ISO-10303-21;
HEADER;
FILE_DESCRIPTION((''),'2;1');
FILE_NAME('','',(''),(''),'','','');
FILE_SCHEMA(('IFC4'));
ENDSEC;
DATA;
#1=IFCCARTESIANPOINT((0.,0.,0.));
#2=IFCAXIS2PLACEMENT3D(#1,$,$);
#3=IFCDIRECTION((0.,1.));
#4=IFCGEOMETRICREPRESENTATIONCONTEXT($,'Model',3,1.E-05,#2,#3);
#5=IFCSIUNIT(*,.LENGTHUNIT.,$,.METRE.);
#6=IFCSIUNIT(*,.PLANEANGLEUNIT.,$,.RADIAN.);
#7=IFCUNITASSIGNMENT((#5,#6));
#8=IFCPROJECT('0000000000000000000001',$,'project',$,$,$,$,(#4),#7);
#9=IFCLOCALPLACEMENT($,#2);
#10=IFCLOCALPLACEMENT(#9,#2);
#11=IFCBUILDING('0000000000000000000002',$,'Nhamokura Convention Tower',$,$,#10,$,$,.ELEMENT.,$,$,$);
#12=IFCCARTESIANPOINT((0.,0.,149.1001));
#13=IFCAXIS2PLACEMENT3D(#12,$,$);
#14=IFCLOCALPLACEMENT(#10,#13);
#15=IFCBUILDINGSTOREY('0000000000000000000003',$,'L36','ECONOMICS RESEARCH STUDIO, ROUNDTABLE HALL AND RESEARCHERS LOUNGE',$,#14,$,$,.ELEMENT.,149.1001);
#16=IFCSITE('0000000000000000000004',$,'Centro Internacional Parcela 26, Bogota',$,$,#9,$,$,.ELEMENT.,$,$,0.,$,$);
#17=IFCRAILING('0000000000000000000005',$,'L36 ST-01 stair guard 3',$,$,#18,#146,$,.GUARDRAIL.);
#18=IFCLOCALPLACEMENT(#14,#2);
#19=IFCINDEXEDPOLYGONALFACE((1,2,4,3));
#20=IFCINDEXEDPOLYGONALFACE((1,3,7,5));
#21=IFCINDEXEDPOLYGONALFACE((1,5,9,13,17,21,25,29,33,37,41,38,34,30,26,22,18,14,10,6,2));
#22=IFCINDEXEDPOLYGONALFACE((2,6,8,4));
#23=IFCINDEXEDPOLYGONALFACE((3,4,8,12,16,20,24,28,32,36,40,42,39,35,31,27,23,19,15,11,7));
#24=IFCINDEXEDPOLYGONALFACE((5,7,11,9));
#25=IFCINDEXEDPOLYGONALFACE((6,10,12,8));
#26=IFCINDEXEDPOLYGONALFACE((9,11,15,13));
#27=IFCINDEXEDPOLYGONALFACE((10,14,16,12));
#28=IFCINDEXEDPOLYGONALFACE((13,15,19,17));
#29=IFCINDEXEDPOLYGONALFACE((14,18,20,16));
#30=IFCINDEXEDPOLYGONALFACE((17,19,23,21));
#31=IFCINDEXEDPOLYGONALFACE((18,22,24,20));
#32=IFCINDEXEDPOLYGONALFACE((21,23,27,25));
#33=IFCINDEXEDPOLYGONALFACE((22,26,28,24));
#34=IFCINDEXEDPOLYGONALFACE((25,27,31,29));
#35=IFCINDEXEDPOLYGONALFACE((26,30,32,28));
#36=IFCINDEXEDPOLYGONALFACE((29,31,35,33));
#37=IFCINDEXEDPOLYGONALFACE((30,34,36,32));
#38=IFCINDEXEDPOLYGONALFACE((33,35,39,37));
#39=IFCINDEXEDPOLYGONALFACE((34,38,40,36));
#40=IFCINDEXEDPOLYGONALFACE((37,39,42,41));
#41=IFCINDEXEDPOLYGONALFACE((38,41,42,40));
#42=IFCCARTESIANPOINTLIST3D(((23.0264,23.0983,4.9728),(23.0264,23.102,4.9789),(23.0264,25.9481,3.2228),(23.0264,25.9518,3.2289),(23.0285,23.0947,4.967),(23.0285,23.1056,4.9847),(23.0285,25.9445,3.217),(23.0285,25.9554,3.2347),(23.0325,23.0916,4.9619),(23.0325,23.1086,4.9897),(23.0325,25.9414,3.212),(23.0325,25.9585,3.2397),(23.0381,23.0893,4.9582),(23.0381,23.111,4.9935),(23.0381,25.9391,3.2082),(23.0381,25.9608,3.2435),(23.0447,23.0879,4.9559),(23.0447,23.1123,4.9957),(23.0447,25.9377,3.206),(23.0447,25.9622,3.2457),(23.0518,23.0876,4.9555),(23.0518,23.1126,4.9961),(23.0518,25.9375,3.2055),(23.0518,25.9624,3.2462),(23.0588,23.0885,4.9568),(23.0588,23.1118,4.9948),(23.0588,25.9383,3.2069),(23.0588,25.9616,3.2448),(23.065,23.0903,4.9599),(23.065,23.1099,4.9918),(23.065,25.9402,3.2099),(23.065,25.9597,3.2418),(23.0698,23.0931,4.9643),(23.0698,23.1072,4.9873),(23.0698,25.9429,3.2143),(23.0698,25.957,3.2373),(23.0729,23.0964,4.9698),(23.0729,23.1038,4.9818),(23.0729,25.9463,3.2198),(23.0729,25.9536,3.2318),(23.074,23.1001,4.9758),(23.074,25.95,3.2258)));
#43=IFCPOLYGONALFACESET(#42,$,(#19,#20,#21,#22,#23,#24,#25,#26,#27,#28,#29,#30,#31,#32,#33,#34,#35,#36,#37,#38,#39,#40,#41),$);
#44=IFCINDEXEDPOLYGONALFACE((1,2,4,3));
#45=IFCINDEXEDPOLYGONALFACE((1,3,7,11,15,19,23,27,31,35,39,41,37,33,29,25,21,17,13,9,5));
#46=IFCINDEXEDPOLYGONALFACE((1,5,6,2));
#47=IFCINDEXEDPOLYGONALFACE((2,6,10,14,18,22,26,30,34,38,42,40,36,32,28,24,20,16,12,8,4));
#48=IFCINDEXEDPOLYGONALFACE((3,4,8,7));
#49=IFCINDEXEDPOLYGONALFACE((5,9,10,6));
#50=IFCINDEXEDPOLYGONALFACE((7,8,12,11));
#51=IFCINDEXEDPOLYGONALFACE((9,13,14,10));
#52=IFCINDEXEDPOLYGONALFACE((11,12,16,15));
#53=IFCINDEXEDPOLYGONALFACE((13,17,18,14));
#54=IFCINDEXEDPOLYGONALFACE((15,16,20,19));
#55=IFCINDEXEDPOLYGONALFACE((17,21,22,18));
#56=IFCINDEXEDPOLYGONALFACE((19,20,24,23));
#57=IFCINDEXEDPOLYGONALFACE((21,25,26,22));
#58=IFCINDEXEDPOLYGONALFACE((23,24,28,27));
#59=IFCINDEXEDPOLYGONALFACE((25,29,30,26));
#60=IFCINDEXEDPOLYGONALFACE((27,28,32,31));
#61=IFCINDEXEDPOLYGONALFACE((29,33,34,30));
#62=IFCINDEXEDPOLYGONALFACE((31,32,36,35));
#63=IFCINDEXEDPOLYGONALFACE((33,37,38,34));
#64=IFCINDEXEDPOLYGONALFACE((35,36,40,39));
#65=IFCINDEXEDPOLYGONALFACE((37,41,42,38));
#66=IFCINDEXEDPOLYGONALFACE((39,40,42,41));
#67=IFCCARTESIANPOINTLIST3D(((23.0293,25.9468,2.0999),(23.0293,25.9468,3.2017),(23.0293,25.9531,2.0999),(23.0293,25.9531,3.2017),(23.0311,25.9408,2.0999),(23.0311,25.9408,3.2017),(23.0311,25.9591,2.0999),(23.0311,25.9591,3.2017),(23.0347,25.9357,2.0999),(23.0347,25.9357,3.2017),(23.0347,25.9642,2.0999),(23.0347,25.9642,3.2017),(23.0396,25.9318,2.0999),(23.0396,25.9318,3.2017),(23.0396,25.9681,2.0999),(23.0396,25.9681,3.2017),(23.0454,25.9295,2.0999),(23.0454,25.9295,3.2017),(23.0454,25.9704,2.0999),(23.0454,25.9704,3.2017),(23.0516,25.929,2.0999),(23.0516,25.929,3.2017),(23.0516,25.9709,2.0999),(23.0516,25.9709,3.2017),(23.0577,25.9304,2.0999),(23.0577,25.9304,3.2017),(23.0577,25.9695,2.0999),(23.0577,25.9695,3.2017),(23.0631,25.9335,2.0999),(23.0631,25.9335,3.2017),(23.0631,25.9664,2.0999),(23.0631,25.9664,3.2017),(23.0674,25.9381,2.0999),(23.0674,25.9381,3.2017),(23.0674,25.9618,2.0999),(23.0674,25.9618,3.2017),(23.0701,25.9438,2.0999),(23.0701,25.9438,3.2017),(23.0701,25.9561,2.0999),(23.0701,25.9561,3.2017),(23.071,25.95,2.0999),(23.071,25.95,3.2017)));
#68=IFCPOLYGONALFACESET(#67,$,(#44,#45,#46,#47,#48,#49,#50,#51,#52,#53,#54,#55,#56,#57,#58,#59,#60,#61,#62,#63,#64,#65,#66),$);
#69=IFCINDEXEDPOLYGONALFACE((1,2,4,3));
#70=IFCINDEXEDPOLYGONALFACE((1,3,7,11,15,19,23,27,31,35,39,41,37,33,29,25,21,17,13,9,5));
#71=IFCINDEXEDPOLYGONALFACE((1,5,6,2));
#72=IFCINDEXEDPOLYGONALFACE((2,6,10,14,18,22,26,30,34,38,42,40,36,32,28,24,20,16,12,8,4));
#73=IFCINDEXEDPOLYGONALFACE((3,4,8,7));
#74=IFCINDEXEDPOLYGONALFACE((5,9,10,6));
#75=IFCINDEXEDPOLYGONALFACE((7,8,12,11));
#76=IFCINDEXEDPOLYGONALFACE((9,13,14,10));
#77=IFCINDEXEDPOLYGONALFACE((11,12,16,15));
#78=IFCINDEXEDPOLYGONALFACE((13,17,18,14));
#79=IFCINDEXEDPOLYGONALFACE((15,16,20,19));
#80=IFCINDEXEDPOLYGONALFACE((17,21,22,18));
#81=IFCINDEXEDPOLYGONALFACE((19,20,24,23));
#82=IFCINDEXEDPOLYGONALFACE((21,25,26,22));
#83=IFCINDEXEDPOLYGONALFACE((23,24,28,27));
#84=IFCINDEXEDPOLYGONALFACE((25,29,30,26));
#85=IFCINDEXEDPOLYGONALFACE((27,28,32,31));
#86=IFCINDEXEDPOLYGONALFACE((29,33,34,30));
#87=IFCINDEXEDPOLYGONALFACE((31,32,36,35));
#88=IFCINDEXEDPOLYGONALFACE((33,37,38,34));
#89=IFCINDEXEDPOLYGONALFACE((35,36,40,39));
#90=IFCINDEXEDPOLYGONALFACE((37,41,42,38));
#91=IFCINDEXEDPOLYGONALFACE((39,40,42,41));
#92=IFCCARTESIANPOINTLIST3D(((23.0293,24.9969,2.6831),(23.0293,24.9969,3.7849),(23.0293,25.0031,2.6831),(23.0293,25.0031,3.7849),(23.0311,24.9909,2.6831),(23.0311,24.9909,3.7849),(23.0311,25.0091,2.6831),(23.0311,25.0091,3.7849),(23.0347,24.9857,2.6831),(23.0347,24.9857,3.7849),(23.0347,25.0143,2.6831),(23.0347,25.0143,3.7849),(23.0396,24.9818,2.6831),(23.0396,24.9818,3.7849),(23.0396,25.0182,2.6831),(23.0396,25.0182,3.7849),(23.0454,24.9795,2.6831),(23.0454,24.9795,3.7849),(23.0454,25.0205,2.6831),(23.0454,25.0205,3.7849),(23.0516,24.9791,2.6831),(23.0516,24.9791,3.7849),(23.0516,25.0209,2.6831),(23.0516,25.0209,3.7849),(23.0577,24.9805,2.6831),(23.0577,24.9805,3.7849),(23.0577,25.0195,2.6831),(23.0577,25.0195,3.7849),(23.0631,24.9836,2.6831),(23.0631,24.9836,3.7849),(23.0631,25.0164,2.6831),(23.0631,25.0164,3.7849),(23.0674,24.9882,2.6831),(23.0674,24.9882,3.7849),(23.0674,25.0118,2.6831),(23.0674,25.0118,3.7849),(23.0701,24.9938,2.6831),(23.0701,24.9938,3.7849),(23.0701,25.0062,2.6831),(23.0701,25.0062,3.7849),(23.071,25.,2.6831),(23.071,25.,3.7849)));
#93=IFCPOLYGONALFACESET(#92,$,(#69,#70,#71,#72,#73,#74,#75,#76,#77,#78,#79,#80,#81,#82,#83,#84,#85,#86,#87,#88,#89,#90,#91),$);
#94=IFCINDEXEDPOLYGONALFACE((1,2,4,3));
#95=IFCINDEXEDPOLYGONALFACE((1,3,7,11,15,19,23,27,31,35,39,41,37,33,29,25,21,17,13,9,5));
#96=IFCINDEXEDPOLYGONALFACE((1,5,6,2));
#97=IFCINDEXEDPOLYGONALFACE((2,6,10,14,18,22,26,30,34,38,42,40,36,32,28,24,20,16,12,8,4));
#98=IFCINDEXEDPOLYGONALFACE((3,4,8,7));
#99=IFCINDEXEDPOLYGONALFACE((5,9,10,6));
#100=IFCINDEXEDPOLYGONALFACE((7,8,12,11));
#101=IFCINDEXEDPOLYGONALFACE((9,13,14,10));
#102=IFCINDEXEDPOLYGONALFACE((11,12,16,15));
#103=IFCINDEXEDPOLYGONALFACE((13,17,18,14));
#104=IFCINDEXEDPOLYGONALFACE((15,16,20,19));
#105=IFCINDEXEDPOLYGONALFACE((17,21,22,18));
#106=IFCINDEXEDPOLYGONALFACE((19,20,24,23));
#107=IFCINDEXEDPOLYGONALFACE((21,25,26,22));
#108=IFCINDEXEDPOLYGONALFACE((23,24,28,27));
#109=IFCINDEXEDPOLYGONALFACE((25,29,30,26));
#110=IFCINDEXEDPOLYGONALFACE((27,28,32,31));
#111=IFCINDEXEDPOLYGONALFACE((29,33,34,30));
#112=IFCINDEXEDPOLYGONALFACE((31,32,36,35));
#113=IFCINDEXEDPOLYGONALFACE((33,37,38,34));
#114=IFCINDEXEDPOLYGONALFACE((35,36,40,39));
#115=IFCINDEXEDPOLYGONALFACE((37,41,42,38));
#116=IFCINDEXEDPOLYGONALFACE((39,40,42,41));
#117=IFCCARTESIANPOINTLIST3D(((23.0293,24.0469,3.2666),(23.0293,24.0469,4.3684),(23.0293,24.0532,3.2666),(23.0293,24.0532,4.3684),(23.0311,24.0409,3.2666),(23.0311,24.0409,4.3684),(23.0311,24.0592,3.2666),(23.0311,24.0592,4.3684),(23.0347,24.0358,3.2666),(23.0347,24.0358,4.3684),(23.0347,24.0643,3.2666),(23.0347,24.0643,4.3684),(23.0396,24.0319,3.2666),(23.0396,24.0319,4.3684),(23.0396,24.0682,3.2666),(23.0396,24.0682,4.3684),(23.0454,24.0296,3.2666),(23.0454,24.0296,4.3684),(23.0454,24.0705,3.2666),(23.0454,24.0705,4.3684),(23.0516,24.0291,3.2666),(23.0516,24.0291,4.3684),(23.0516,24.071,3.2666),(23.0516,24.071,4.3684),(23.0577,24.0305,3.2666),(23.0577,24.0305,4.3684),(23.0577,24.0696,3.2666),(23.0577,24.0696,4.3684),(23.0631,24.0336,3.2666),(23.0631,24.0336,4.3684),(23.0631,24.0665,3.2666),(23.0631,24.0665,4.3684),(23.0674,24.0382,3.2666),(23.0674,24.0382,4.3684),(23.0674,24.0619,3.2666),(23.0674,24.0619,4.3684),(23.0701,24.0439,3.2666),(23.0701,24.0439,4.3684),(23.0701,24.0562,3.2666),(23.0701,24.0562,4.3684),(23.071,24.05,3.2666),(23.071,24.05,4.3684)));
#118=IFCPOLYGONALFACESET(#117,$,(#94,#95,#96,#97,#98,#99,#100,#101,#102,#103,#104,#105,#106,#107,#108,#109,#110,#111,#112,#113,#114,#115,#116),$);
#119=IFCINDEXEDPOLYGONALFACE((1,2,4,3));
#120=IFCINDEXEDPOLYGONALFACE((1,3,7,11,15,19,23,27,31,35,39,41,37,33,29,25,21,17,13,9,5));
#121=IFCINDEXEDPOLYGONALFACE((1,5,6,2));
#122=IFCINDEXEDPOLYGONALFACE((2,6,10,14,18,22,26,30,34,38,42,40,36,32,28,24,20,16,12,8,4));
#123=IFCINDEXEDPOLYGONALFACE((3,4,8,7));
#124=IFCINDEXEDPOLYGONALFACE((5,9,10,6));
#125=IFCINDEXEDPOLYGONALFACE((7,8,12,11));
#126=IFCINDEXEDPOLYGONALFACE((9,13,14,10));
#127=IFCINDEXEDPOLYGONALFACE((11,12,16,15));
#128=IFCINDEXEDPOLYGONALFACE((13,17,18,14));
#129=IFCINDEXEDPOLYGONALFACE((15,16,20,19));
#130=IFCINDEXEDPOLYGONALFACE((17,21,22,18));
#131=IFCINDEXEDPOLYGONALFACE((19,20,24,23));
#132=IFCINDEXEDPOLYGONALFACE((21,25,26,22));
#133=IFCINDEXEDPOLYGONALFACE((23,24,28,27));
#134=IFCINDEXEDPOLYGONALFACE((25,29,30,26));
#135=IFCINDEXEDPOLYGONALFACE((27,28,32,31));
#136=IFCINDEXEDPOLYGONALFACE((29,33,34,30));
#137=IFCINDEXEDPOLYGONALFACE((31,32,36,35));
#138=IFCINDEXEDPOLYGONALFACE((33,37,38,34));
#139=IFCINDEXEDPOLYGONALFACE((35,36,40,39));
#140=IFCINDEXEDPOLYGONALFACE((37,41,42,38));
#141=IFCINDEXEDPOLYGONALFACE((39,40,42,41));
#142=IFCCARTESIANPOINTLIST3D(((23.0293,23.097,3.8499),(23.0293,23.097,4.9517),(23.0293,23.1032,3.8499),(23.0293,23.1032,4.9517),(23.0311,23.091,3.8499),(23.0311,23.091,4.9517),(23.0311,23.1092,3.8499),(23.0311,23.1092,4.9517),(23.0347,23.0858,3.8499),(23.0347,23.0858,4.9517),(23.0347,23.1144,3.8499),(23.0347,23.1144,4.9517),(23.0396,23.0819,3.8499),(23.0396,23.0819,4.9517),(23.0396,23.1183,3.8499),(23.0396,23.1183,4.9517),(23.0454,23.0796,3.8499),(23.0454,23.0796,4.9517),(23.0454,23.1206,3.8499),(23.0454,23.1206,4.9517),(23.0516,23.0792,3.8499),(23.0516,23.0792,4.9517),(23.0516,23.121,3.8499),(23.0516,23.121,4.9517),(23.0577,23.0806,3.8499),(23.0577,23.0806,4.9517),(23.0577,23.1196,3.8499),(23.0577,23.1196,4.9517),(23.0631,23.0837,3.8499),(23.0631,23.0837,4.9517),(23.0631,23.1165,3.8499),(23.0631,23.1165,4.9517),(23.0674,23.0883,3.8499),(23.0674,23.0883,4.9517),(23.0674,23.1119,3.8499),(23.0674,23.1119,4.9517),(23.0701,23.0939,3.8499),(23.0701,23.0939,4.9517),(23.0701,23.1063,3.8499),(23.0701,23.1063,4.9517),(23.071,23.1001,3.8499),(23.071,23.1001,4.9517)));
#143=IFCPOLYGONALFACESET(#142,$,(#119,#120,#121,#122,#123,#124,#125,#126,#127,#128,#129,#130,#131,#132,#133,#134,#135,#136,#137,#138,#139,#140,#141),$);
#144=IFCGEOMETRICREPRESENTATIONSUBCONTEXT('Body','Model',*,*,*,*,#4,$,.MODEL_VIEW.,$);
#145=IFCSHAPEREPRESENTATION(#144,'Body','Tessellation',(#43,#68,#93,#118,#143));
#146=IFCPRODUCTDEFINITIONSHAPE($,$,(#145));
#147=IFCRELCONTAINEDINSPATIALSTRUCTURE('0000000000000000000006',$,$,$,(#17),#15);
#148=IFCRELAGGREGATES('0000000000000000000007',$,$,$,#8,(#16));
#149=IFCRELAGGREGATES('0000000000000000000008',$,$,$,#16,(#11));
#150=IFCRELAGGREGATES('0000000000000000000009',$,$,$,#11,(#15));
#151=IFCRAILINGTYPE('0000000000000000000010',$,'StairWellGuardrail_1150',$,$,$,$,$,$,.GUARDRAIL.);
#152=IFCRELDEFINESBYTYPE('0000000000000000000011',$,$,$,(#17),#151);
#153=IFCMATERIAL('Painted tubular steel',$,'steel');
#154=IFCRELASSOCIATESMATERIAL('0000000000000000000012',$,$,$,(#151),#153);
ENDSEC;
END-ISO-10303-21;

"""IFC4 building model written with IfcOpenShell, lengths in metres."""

from ifc_helpers import new_model, si_unit, direction, frame, origin, origin_2d, place, context, subcontext, project, spatial, circle, extrude, material, type_object, element, save


model = new_model("IFC4")

# Units and contexts
model_context = context("Model", 3, precision=1e-05, world=origin(), true_north=direction((0.0, 1.0)))
body_context = subcontext(model_context, "Body", "Model", "MODEL_VIEW")
ifc_project = project(units=[si_unit("LENGTHUNIT", "METRE"), si_unit("PLANEANGLEUNIT", "RADIAN")], contexts=[model_context])

# Site, building, storey
site_placement = place(None, origin())
site = spatial("IfcSite", under=ifc_project, at=site_placement, Name="Centro Internacional Parcela 26, Bogota", CompositionType="ELEMENT", RefElevation=0.0)
building_placement = place(site_placement, origin())
building = spatial("IfcBuilding", under=site, at=building_placement, Name="Nhamokura Convention Tower", CompositionType="ELEMENT")
storey_placement = place(building_placement, frame((0.0, 0.0, 149.1001)))
storey = spatial("IfcBuildingStorey", under=building, at=storey_placement, Name="L36", Description="ECONOMICS RESEARCH STUDIO, ROUNDTABLE HALL AND RESEARCHERS LOUNGE", CompositionType="ELEMENT", Elevation=149.1001)

# Railing
ifc_material_1 = material(Name="Painted tubular steel", Category="steel")
railing_type_1 = type_object("IfcRailingType", Name="StairWellGuardrail_1150", PredefinedType="GUARDRAIL", material=ifc_material_1)
railing_1_placement = place(storey_placement, frame((23.05, 25.95, 2.0999)))
element("IfcRailing", 1, at=railing_1_placement, inside=storey, type_object=railing_type_1, Name="L36 ST-01 stair guard 3", PredefinedType="GUARDRAIL", context=body_context, shape_type="SweptSolid", body=[
    extrude(circle(Radius=0.0239, at=origin_2d()), frame((0.0, 0.0, 1.126), z_axis=(0.0, -0.852159, 0.523283), x_axis=(1.0, 0.0, 0.0)), (0.0, 0.0, 1.0), 3.3442),
    extrude(circle(Radius=0.021, at=origin_2d()), origin(), (0.0, 0.0, 1.0), 1.1018),
    extrude(circle(Radius=0.021, at=origin_2d()), frame((0.0, -0.95, 0.5833)), (0.0, 0.0, 1.0), 1.1018),
    extrude(circle(Radius=0.021, at=origin_2d()), frame((0.0, -1.8999, 1.1667)), (0.0, 0.0, 1.0), 1.1018),
    extrude(circle(Radius=0.021, at=origin_2d()), frame((0.0, -2.8499, 1.75)), (0.0, 0.0, 1.0), 1.1018),
])

save(model, "model.ifc")
